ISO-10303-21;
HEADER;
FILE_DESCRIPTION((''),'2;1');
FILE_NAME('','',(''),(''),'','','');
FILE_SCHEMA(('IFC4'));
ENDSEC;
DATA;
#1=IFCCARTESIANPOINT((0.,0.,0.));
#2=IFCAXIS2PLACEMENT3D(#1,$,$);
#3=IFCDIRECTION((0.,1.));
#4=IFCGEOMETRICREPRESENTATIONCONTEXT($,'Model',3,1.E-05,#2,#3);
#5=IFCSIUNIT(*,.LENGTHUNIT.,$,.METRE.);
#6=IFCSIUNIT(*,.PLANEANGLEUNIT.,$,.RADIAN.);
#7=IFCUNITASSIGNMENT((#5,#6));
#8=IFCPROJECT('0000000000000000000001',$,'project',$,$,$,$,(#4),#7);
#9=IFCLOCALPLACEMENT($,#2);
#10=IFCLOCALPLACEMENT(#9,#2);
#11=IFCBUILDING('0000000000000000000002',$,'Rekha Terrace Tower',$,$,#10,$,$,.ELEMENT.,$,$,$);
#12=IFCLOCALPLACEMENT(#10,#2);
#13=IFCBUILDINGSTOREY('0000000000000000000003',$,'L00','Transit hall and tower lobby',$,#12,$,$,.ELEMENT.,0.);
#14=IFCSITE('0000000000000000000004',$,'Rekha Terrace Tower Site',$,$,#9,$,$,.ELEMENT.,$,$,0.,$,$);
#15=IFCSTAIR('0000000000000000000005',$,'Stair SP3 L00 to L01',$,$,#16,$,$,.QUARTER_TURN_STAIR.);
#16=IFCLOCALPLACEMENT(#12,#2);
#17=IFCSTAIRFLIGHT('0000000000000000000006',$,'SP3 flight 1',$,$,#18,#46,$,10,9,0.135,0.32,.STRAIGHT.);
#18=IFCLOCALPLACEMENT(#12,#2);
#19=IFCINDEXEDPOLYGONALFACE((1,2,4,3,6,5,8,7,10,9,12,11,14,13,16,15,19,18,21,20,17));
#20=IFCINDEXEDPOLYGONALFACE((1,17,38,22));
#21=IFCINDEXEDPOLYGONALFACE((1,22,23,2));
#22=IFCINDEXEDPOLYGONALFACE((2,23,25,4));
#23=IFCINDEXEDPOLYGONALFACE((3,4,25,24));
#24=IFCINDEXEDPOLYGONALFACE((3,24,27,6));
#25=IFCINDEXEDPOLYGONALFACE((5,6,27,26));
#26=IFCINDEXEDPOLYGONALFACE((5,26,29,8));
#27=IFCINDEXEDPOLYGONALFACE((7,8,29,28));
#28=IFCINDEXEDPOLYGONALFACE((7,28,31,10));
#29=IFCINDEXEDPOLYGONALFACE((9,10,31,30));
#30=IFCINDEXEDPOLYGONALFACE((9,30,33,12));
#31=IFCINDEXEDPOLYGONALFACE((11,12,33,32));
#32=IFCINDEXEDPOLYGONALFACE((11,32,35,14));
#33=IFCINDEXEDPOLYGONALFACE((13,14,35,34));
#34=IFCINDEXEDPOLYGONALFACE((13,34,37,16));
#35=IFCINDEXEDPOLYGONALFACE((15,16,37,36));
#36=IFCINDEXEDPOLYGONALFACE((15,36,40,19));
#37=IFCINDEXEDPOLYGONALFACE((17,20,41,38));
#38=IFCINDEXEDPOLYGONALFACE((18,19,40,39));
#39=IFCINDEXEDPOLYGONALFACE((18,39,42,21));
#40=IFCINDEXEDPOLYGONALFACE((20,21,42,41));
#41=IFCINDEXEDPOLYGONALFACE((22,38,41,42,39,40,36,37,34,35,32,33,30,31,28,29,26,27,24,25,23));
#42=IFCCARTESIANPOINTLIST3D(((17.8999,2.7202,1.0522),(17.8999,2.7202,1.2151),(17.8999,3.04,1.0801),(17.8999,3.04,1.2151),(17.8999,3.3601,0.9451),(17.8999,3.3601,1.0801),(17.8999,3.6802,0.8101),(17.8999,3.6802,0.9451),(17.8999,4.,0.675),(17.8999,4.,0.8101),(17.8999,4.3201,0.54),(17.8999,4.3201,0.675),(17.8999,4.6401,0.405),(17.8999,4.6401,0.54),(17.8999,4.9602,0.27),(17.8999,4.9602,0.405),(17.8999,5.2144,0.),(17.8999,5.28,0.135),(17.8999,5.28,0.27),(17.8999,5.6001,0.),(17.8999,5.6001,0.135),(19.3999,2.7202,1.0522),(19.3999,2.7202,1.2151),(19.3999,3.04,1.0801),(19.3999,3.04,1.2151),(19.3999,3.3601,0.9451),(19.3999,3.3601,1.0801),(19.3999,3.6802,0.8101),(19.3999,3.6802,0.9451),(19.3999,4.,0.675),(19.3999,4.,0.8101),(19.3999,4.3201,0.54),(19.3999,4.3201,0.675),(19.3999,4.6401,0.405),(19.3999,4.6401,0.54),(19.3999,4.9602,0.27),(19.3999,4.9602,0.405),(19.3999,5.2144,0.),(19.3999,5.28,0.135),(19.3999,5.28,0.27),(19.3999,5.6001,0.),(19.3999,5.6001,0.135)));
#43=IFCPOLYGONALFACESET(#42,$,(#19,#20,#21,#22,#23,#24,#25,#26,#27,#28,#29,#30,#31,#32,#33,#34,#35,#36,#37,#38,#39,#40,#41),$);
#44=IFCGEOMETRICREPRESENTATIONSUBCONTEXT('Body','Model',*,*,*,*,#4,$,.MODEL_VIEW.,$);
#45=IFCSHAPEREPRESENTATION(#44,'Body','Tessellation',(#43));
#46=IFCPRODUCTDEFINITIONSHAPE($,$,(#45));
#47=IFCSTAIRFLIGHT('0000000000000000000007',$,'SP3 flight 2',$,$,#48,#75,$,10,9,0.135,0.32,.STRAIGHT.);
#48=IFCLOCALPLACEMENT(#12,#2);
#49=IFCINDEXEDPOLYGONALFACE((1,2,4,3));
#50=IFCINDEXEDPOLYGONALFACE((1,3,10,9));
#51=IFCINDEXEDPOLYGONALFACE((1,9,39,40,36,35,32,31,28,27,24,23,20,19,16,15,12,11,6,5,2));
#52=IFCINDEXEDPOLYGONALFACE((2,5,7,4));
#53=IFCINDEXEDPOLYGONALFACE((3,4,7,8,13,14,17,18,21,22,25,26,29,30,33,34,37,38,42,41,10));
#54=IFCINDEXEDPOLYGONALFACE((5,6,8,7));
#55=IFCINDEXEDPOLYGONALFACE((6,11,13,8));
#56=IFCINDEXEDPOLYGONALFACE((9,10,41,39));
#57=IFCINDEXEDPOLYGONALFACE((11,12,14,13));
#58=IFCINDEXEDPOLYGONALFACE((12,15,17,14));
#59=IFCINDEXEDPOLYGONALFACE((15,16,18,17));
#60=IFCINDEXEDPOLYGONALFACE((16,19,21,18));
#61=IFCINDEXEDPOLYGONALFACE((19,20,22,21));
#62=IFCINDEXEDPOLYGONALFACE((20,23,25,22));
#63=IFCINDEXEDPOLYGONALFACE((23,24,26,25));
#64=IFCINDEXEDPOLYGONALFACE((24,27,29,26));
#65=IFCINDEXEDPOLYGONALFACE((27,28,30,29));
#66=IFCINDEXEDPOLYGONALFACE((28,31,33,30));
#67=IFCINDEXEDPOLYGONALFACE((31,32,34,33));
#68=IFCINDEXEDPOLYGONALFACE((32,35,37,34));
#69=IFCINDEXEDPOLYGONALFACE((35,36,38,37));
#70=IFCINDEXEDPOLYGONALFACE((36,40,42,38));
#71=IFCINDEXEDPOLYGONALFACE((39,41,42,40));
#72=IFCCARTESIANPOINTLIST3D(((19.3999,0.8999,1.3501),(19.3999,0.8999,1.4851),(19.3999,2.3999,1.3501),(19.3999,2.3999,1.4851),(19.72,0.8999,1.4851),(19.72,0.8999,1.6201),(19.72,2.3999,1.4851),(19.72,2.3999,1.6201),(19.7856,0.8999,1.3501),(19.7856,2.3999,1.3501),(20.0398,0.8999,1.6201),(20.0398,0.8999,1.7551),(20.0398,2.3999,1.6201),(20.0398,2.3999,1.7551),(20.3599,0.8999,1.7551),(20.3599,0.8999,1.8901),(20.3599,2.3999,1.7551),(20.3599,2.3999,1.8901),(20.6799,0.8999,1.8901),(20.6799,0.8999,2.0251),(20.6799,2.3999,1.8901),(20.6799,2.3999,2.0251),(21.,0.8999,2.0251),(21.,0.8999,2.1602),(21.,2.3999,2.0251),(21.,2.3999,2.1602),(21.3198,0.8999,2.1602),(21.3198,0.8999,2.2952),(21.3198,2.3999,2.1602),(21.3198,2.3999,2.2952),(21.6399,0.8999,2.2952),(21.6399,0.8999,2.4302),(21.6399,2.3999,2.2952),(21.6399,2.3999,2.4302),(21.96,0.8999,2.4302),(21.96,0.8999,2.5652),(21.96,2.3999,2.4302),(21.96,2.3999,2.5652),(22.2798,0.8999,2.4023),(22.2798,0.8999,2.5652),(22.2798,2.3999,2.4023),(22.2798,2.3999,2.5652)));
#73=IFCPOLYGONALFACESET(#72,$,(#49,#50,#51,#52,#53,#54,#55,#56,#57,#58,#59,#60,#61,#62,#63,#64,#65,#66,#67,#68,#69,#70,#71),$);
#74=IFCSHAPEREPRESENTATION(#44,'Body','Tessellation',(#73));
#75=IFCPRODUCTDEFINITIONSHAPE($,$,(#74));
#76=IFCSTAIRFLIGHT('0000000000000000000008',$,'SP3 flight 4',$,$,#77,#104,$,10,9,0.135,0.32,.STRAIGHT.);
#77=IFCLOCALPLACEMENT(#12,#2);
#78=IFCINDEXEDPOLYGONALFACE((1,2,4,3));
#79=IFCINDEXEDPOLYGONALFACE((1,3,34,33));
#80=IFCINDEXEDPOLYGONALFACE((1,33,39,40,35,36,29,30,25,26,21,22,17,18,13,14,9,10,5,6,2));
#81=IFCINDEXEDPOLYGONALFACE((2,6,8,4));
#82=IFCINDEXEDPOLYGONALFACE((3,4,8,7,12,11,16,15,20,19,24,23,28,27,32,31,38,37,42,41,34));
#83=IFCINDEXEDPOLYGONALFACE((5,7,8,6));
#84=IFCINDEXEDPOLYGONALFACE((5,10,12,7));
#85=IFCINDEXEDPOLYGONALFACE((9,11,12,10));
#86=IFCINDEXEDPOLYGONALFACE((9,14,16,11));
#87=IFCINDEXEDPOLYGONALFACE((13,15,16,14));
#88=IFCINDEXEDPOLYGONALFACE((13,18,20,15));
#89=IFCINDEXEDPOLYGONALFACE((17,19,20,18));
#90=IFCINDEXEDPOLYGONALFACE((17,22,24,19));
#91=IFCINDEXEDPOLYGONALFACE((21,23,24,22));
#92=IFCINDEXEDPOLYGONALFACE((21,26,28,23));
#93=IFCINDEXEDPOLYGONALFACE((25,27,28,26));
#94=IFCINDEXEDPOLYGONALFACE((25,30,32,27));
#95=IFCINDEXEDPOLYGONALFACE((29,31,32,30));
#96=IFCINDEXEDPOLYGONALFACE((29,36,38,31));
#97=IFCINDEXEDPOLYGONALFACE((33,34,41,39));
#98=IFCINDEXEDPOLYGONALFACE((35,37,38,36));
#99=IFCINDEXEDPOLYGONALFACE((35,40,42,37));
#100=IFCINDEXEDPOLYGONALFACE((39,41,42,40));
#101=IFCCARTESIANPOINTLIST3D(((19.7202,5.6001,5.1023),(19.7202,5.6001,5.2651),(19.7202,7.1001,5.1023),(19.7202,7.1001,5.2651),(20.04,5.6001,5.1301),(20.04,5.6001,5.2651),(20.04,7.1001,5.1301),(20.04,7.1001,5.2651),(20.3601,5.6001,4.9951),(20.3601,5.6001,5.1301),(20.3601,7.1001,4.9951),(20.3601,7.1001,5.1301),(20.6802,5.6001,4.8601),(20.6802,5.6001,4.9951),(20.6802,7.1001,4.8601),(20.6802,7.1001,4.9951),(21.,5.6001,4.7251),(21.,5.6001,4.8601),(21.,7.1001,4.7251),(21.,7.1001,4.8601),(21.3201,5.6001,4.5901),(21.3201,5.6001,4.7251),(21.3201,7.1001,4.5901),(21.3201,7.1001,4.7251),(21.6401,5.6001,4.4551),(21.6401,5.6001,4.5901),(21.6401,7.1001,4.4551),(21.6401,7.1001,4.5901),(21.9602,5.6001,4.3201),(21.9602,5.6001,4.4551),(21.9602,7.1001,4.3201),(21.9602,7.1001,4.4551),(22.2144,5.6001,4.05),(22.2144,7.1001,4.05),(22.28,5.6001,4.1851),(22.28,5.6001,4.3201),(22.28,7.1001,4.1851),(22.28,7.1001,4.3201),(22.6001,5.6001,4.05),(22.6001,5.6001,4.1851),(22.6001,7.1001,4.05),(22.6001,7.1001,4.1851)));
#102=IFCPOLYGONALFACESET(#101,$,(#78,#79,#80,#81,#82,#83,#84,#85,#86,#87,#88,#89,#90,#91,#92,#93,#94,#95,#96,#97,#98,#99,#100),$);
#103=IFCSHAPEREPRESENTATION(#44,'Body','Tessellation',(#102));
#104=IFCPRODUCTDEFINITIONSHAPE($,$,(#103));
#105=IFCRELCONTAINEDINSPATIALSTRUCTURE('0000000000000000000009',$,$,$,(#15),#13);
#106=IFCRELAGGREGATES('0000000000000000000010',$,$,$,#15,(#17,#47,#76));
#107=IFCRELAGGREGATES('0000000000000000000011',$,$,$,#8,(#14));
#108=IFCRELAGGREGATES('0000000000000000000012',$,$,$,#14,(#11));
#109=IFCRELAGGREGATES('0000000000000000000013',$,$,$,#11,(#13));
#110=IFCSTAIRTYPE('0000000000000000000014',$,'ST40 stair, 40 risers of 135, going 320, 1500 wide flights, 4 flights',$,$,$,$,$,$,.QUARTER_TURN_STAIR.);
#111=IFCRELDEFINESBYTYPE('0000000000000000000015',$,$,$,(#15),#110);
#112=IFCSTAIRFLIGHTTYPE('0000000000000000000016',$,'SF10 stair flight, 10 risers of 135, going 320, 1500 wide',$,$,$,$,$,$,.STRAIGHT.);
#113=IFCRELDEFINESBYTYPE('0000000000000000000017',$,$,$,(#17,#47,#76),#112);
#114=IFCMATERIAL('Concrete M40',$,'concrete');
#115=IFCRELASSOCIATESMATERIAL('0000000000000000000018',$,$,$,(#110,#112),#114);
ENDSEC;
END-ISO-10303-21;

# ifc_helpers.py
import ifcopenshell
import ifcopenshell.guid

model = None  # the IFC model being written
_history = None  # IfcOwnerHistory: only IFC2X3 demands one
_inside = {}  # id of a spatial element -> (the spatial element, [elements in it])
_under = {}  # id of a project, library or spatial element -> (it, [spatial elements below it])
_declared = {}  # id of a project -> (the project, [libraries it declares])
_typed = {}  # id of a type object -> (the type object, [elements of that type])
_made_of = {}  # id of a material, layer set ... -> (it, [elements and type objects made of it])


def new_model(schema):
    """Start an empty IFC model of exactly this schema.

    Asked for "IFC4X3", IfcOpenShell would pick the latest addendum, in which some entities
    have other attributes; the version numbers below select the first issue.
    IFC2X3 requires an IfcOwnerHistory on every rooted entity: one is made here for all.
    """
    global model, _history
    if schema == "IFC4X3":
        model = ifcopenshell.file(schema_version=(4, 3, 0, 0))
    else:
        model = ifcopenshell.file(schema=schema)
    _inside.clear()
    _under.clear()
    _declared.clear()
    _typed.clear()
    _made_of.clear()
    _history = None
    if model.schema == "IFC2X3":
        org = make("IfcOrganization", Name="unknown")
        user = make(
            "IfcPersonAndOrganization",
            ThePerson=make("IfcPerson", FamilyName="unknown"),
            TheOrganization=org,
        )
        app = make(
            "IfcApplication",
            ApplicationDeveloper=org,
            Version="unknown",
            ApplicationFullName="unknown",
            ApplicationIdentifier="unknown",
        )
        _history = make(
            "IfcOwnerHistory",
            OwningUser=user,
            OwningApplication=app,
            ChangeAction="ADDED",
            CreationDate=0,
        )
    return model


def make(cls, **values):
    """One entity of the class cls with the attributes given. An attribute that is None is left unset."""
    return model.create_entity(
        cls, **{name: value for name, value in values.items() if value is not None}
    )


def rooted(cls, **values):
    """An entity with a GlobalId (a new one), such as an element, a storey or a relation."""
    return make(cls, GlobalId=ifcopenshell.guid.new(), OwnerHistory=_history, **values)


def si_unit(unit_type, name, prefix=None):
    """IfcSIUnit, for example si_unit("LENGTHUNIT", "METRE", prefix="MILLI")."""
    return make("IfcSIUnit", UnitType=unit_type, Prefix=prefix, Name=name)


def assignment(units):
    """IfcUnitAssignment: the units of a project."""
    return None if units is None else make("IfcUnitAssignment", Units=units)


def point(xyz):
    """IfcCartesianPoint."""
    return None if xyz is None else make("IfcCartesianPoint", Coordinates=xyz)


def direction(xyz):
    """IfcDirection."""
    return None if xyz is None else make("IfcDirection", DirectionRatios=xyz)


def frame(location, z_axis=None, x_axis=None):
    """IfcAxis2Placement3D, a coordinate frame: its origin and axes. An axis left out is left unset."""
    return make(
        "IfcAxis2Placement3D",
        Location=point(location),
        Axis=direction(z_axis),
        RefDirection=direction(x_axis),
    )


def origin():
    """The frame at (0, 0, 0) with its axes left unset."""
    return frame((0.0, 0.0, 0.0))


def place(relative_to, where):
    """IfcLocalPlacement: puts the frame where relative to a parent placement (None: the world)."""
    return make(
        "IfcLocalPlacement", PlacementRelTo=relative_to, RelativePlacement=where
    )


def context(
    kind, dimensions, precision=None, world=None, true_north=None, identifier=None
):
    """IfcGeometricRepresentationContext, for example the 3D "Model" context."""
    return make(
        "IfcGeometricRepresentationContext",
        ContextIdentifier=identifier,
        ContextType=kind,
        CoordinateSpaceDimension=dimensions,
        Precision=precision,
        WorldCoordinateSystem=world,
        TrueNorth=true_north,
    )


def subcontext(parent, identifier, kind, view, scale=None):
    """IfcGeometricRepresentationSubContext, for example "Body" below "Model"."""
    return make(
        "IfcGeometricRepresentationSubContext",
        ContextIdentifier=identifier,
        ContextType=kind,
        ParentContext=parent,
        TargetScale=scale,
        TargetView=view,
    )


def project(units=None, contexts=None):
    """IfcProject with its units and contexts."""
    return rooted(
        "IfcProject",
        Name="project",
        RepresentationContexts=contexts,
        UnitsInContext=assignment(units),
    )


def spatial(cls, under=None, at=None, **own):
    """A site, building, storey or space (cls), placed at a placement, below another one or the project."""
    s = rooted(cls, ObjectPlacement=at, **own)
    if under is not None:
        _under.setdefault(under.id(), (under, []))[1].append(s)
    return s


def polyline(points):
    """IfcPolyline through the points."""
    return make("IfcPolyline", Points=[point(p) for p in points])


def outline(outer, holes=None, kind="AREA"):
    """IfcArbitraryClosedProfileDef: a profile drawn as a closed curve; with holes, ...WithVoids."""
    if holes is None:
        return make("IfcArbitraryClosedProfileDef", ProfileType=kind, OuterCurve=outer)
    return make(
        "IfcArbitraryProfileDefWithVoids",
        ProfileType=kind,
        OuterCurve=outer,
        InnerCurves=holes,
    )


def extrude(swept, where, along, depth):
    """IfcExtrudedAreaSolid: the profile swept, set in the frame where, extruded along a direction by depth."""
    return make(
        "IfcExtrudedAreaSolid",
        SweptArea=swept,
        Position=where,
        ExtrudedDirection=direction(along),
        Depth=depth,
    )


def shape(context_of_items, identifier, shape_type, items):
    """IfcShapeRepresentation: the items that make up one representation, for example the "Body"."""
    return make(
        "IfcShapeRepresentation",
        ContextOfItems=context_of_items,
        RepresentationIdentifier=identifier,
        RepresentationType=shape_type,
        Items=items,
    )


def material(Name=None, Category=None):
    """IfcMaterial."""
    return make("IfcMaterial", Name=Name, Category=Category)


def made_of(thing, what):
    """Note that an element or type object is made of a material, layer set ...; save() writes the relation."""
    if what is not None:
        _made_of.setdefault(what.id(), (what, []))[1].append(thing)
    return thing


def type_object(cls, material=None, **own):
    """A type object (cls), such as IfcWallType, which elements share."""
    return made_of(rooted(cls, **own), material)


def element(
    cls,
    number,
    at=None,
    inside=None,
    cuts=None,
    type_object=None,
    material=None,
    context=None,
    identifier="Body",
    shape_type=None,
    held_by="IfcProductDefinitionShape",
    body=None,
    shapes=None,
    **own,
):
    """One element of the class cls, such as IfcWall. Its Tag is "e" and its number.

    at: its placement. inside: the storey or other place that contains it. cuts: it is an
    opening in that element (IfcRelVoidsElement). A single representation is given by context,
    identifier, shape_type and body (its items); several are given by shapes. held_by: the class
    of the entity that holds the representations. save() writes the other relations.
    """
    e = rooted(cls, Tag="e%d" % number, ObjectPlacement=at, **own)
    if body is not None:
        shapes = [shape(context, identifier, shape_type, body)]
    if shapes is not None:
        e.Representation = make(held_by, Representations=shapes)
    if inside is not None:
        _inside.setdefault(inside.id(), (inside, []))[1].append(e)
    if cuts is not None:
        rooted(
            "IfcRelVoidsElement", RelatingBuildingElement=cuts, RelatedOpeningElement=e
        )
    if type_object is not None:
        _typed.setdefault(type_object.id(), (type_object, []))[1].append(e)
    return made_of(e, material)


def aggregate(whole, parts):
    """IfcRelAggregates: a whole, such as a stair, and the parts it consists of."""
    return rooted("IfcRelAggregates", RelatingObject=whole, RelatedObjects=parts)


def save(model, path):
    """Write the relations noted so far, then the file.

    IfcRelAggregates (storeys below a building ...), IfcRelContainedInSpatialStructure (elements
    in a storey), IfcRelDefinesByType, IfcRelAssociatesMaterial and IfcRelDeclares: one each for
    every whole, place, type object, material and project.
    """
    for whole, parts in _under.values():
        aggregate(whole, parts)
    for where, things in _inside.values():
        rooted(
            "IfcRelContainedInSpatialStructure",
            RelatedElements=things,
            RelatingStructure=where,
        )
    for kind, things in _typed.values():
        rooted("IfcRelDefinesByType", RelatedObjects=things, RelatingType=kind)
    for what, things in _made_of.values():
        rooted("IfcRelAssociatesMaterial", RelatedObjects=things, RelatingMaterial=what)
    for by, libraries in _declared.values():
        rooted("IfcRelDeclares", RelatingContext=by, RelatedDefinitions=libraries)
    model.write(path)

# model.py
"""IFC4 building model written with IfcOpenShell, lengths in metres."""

from ifc_helpers import new_model, si_unit, direction, frame, origin, place, context, subcontext, project, spatial, polyline, outline, extrude, material, type_object, element, aggregate, save


model = new_model("IFC4")

# Units and contexts
model_context = context("Model", 3, precision=1e-05, world=origin(), true_north=direction((0.0, 1.0)))
body_context = subcontext(model_context, "Body", "Model", "MODEL_VIEW")
ifc_project = project(units=[si_unit("LENGTHUNIT", "METRE"), si_unit("PLANEANGLEUNIT", "RADIAN")], contexts=[model_context])

# Site, building, storey
site_placement = place(None, origin())
site = spatial("IfcSite", under=ifc_project, at=site_placement, Name="Rekha Terrace Tower Site", CompositionType="ELEMENT", RefElevation=0.0)
building_placement = place(site_placement, origin())
building = spatial("IfcBuilding", under=site, at=building_placement, Name="Rekha Terrace Tower", CompositionType="ELEMENT")
storey_placement = place(building_placement, origin())
storey = spatial("IfcBuildingStorey", under=building, at=storey_placement, Name="L00", Description="Transit hall and tower lobby", CompositionType="ELEMENT", Elevation=0.0)

# Shared definitions
ifc_material_1 = material(Name="Concrete M40", Category="concrete")

# Stair, stair flights
stair_type = type_object("IfcStairType", Name="ST40 stair, 40 risers of 135, going 320, 1500 wide flights, 4 flights", PredefinedType="QUARTER_TURN_STAIR", material=ifc_material_1)
stair_placement = place(storey_placement, origin())
stair = element("IfcStair", 1, at=stair_placement, inside=storey, type_object=stair_type, Name="Stair SP3 L00 to L01", PredefinedType="QUARTER_TURN_STAIR")
stair_flight_type = type_object("IfcStairFlightType", Name="SF10 stair flight, 10 risers of 135, going 320, 1500 wide", PredefinedType="STRAIGHT", material=ifc_material_1)
stair_flight_1_placement = place(storey_placement, frame((18.6499, 5.6001, 0.0), z_axis=(0.0, 0.0, 1.0), x_axis=(0.0, -1.0, 0.0)))
stair_flight_1 = element("IfcStairFlight", 2, at=stair_flight_1_placement, type_object=stair_flight_type, Name="SP3 flight 1", NumberOfRisers=10, NumberOfTreads=9, PredefinedType="STRAIGHT", RiserHeight=0.135, TreadLength=0.32, context=body_context, shape_type="SweptSolid", body=[
    extrude(outline(polyline([(0.0, 0.0), (0.0, 0.135), (0.3201, 0.135), (0.3201, 0.27), (0.6399, 0.27), (0.6399, 0.405), (0.96, 0.405), (0.96, 0.54), (1.28, 0.54), (1.28, 0.675), (1.6001, 0.675), (1.6001, 0.8101), (1.9199, 0.8101), (1.9199, 0.9451), (2.24, 0.9451), (2.24, 1.0801), (2.5601, 1.0801), (2.5601, 1.2151), (2.8799, 1.2151), (2.8799, 1.3501), (2.8799, 1.0522), (0.3857, 0.0), (0.0, 0.0)])), frame((0.0, 0.75, 0.0), z_axis=(0.0, -1.0, 0.0), x_axis=(1.0, 0.0, 0.0)), (0.0, 0.0, 1.0), 1.5),
])
stair_flight_2_placement = place(storey_placement, frame((19.3999, 1.6499, 1.3501), z_axis=(0.0, 0.0, 1.0), x_axis=(1.0, 0.0, 0.0)))
stair_flight_2 = element("IfcStairFlight", 3, at=stair_flight_2_placement, type_object=stair_flight_type, Name="SP3 flight 2", NumberOfRisers=10, NumberOfTreads=9, PredefinedType="STRAIGHT", RiserHeight=0.135, TreadLength=0.32, context=body_context, shape_type="SweptSolid", body=[
    extrude(outline(polyline([(0.0, 0.0), (0.0, 0.135), (0.3201, 0.135), (0.3201, 0.27), (0.6399, 0.27), (0.6399, 0.405), (0.96, 0.405), (0.96, 0.54), (1.28, 0.54), (1.28, 0.675), (1.6001, 0.675), (1.6001, 0.8101), (1.9199, 0.8101), (1.9199, 0.9451), (2.24, 0.9451), (2.24, 1.0801), (2.5601, 1.0801), (2.5601, 1.2151), (2.8799, 1.2151), (2.8799, 1.3501), (2.8799, 1.0522), (0.3857, 0.0), (0.0, 0.0)])), frame((0.0, 0.75, 0.0), z_axis=(0.0, -1.0, 0.0), x_axis=(1.0, 0.0, 0.0)), (0.0, 0.0, 1.0), 1.5),
])
stair_flight_3_placement = place(storey_placement, frame((22.6001, 6.3501, 4.05), z_axis=(0.0, 0.0, 1.0), x_axis=(-1.0, 0.0, 0.0)))
stair_flight_3 = element("IfcStairFlight", 4, at=stair_flight_3_placement, type_object=stair_flight_type, Name="SP3 flight 4", NumberOfRisers=10, NumberOfTreads=9, PredefinedType="STRAIGHT", RiserHeight=0.135, TreadLength=0.32, context=body_context, shape_type="SweptSolid", body=[
    extrude(outline(polyline([(0.0, 0.0), (0.0, 0.135), (0.3201, 0.135), (0.3201, 0.27), (0.6399, 0.27), (0.6399, 0.405), (0.96, 0.405), (0.96, 0.54), (1.28, 0.54), (1.28, 0.675), (1.6001, 0.675), (1.6001, 0.8101), (1.9199, 0.8101), (1.9199, 0.9451), (2.24, 0.9451), (2.24, 1.0801), (2.5601, 1.0801), (2.5601, 1.2151), (2.8799, 1.2151), (2.8799, 1.3501), (2.8799, 1.0522), (0.3857, 0.0), (0.0, 0.0)])), frame((0.0, 0.75, 0.0), z_axis=(0.0, -1.0, 0.0), x_axis=(1.0, 0.0, 0.0)), (0.0, 0.0, 1.0), 1.5),
])
aggregate(stair, [stair_flight_1, stair_flight_2, stair_flight_3])

save(model, "model.ifc")
